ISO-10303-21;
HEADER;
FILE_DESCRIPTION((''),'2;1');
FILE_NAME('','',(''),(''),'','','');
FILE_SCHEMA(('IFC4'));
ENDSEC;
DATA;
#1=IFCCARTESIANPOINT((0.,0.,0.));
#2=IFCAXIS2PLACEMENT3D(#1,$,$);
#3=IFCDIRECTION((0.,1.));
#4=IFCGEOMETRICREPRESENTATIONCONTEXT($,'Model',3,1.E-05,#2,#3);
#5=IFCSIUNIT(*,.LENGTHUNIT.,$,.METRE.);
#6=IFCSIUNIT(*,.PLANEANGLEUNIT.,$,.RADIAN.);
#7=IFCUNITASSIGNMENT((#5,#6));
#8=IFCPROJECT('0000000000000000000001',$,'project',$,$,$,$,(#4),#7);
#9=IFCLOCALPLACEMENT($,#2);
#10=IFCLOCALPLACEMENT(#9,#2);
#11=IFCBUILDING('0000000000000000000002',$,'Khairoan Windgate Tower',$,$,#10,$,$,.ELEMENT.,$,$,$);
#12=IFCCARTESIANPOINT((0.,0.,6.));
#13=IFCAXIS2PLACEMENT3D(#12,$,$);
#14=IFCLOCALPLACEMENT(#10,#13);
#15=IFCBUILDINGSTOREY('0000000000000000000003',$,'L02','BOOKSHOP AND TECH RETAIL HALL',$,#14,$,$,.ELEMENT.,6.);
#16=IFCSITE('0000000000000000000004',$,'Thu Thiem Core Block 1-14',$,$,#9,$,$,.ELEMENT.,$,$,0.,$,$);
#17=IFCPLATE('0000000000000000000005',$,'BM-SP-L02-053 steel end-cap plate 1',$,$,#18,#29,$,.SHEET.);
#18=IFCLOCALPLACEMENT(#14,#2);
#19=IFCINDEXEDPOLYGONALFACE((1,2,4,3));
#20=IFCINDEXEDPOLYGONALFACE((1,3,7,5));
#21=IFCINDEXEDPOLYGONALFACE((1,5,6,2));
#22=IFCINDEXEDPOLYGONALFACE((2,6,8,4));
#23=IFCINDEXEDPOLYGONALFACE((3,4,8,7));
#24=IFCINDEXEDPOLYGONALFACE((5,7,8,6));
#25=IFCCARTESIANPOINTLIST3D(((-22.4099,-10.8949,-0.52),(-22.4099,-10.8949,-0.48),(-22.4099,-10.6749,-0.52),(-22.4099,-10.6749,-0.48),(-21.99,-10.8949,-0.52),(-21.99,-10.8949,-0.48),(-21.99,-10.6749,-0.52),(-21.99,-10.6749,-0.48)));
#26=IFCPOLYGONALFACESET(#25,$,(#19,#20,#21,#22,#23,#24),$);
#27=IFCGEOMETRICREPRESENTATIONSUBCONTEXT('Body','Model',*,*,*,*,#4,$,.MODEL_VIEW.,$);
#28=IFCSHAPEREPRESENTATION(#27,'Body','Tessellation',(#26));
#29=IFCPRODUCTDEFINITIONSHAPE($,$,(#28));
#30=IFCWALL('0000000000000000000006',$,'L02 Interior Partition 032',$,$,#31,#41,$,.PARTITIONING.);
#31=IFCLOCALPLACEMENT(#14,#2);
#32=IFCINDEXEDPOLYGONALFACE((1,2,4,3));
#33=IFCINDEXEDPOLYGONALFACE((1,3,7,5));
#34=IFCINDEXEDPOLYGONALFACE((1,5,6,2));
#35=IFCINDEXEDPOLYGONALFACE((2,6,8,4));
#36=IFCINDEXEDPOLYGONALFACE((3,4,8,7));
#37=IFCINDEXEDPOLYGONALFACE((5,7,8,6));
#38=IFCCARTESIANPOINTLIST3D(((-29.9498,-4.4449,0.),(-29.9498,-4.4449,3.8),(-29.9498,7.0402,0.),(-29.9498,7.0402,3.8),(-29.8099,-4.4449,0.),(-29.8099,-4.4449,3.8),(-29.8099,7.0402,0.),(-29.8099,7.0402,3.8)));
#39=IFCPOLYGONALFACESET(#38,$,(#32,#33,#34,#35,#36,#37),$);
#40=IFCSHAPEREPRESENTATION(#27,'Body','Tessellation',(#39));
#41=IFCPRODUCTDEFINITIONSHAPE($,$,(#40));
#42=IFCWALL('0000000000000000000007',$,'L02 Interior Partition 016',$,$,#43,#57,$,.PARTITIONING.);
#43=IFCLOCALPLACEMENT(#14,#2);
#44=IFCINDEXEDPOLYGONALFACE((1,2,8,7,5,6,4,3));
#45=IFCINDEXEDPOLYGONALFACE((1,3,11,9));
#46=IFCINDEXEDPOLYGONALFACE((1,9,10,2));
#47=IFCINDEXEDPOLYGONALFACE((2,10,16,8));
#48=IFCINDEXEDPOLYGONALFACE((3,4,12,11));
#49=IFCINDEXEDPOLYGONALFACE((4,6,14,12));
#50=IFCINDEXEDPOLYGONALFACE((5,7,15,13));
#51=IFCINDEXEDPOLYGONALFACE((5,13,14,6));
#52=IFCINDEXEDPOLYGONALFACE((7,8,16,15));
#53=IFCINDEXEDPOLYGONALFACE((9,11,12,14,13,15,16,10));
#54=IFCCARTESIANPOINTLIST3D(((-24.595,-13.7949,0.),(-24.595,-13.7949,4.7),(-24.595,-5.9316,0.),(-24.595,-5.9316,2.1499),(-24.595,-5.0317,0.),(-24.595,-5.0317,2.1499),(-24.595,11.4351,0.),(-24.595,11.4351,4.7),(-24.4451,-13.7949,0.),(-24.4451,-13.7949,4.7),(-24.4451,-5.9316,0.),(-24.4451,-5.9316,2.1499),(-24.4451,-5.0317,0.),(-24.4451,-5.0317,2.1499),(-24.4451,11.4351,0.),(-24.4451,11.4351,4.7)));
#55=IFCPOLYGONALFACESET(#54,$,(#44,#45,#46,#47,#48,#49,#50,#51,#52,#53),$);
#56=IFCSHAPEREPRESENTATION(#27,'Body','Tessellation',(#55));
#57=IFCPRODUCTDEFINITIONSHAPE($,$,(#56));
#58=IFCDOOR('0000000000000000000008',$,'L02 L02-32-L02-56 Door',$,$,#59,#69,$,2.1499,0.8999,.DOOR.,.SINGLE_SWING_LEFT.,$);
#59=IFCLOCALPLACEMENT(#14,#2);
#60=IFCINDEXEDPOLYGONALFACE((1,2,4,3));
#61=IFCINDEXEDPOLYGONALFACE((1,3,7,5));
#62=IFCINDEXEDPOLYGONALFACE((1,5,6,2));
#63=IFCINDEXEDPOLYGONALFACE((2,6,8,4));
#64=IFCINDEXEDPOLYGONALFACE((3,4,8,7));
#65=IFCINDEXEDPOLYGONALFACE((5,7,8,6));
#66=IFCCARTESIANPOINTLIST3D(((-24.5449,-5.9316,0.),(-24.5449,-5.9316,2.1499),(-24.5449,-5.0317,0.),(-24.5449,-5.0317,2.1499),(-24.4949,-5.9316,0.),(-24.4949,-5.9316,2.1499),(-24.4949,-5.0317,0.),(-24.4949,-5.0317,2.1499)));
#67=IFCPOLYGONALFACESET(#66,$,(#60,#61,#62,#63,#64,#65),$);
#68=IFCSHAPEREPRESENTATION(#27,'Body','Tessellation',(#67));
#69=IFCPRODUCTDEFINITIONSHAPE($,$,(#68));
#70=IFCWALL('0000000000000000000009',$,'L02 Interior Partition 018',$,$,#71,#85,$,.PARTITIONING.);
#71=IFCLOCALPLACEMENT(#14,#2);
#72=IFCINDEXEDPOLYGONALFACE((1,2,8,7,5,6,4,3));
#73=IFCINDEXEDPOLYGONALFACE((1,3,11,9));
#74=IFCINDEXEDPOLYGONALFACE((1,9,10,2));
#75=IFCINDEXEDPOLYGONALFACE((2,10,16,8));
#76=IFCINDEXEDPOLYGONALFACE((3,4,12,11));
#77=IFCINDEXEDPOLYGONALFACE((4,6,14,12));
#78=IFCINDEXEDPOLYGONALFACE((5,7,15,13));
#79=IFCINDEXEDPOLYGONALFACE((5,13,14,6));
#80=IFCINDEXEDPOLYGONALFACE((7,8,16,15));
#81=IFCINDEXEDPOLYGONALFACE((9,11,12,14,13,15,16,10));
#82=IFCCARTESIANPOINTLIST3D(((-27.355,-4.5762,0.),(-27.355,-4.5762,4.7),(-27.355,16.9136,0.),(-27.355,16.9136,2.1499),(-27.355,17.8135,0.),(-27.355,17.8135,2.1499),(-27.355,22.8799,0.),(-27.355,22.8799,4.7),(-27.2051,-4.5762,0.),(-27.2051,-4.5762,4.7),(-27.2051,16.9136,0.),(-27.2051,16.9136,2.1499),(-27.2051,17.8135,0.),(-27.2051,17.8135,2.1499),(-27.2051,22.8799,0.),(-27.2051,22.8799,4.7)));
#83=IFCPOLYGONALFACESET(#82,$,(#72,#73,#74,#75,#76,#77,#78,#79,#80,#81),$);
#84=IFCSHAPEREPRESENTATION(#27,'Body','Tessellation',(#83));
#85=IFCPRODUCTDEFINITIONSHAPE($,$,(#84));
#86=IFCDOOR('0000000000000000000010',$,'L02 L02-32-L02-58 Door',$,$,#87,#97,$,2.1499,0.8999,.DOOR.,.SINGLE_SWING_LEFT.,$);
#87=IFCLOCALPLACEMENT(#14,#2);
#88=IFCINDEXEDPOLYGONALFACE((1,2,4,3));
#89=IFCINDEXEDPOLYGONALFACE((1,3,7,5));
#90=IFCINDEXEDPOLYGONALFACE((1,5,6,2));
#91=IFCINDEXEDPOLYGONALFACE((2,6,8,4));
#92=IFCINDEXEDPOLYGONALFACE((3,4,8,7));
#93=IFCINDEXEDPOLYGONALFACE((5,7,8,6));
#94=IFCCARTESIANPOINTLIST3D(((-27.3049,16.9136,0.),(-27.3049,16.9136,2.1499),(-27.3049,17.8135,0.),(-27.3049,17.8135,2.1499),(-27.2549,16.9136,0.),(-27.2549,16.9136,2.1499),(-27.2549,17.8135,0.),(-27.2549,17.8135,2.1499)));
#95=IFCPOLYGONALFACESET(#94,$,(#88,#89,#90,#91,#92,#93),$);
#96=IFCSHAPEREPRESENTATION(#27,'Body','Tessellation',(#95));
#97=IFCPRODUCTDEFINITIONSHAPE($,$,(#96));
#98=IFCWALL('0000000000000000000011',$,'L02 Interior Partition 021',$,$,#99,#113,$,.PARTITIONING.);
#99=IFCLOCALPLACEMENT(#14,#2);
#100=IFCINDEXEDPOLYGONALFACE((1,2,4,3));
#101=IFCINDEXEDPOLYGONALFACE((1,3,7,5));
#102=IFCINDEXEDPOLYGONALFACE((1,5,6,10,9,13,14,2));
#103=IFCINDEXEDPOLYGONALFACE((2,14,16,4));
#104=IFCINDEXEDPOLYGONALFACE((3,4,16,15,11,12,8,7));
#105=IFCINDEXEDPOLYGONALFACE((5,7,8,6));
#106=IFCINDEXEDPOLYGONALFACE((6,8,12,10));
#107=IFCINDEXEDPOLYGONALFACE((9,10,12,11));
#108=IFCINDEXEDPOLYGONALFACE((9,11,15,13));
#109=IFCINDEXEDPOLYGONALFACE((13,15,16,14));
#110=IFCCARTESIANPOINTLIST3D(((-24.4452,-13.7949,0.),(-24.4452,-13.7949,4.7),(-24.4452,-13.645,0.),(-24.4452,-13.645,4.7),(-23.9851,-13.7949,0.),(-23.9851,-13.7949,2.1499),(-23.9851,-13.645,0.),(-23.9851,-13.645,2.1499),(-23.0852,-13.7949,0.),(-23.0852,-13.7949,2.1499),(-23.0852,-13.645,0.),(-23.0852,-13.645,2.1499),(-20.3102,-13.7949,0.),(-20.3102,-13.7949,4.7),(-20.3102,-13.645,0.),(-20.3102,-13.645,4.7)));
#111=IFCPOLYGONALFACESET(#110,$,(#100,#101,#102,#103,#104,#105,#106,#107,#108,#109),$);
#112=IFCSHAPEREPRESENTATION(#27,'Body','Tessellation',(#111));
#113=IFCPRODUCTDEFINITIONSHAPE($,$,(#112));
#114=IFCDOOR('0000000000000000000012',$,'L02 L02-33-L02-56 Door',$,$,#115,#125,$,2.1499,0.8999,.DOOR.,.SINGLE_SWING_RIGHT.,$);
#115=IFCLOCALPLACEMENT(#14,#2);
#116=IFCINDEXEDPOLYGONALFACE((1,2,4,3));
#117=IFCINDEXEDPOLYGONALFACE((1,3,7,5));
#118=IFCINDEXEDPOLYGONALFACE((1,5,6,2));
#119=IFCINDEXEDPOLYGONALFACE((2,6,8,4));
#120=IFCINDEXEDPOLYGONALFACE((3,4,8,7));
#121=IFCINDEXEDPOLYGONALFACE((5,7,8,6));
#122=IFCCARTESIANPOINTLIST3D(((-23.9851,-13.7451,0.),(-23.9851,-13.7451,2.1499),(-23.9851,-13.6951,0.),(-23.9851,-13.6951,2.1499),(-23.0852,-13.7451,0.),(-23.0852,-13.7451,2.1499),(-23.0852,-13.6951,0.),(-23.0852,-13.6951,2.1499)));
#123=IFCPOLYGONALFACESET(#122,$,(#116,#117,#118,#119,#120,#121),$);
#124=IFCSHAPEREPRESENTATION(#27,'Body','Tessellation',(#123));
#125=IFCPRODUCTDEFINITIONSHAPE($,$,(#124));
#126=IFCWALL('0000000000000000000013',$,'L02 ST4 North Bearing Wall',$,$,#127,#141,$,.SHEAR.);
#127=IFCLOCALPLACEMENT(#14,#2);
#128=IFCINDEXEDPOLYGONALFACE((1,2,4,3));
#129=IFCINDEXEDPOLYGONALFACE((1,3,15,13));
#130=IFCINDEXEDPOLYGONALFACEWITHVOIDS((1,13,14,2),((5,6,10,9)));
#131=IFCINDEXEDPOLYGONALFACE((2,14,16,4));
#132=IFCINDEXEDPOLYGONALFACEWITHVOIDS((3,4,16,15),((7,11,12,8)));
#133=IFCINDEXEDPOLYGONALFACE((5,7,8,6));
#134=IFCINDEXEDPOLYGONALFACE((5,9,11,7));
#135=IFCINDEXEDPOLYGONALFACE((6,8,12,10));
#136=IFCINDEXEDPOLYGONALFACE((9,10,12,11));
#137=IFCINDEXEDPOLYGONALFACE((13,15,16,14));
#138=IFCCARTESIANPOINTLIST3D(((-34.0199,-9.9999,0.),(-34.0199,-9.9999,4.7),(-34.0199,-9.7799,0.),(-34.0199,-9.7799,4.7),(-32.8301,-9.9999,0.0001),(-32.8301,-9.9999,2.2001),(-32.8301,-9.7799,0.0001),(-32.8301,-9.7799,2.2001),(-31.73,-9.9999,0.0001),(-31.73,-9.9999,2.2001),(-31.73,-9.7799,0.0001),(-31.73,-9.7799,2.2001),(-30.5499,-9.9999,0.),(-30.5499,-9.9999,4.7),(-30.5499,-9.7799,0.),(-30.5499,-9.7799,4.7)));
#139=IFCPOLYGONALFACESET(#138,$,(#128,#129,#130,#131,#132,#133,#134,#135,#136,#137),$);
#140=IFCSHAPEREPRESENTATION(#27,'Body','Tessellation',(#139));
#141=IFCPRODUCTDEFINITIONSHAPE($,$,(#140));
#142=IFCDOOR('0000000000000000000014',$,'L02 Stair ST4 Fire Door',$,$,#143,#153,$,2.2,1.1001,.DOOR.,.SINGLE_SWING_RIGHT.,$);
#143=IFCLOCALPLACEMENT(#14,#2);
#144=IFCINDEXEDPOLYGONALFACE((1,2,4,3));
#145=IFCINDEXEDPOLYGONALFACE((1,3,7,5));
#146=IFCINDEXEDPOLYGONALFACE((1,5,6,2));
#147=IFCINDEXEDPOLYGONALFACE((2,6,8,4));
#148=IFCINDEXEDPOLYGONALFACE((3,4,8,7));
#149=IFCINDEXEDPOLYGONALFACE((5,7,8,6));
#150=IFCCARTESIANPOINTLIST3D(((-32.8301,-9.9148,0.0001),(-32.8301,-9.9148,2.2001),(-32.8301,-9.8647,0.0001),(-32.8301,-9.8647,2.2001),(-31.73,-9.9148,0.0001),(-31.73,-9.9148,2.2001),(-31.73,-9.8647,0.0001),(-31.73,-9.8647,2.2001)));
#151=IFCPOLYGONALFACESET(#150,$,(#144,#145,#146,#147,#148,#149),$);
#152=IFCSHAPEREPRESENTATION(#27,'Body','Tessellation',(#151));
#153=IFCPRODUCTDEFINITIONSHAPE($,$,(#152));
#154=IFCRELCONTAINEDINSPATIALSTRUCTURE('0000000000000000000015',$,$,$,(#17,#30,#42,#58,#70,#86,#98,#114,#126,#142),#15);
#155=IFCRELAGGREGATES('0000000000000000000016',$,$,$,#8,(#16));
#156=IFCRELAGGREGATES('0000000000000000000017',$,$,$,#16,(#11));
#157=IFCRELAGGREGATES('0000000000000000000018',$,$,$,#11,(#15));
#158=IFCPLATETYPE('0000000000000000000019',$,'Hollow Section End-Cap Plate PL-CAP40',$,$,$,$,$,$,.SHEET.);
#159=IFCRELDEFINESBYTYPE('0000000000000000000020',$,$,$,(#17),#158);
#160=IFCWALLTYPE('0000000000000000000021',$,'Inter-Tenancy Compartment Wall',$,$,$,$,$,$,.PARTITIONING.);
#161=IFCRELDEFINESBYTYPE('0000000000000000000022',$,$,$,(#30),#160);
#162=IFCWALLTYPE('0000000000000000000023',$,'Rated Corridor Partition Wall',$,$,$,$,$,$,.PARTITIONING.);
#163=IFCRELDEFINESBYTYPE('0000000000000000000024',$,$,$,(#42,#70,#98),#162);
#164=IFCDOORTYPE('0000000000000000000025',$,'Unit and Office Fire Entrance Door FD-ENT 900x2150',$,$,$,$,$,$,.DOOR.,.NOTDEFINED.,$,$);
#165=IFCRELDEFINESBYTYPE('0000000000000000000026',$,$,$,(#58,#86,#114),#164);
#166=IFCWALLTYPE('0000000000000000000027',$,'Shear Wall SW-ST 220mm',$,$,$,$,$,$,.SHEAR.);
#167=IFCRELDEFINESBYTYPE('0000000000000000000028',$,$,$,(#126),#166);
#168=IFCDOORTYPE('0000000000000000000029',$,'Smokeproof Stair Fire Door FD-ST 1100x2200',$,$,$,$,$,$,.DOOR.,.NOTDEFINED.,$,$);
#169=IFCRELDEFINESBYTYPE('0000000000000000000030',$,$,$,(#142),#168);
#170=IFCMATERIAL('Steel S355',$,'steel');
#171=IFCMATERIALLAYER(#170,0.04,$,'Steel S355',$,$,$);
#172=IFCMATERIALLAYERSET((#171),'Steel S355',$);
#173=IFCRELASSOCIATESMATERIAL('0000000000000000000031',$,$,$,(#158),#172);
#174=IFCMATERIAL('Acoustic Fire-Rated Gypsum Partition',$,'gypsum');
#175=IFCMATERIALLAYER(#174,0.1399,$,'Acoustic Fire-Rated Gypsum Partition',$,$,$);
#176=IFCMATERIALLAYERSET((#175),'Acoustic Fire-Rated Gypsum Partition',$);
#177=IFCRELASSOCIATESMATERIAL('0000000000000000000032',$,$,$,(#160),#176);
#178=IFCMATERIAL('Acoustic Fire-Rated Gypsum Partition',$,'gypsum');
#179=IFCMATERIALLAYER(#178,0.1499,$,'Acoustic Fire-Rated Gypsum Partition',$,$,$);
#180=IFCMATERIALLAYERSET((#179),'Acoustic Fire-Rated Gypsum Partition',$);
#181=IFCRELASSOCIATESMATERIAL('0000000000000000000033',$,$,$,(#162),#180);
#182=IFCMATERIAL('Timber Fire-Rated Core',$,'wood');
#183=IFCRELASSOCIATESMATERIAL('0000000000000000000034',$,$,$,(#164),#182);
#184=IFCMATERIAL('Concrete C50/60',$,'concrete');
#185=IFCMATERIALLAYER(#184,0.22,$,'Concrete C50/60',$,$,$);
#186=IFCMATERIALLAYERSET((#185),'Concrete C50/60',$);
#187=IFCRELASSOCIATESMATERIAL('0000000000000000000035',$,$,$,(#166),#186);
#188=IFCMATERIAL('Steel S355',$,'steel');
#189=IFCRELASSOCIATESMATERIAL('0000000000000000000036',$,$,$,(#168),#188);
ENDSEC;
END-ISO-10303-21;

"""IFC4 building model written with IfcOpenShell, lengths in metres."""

from ifc_helpers import new_model, si_unit, direction, frame, frame_2d, origin, origin_2d, place, context, subcontext, project, spatial, rectangle, extrude, material, layer, layer_set, type_object, element, fill, save


model = new_model("IFC4")

# Units and contexts
model_context = context("Model", 3, precision=1e-05, world=origin(), true_north=direction((0.0, 1.0)))
body_context = subcontext(model_context, "Body", "Model", "MODEL_VIEW")
ifc_project = project(units=[si_unit("LENGTHUNIT", "METRE"), si_unit("PLANEANGLEUNIT", "RADIAN")], contexts=[model_context])

# Site, building, storey
site_placement = place(None, origin())
site = spatial("IfcSite", under=ifc_project, at=site_placement, Name="Thu Thiem Core Block 1-14", CompositionType="ELEMENT", RefElevation=0.0)
building_placement = place(site_placement, origin())
building = spatial("IfcBuilding", under=site, at=building_placement, Name="Khairoan Windgate Tower", CompositionType="ELEMENT")
storey_placement = place(building_placement, frame((0.0, 0.0, 6.0)))
storey = spatial("IfcBuildingStorey", under=building, at=storey_placement, Name="L02", Description="BOOKSHOP AND TECH RETAIL HALL", CompositionType="ELEMENT", Elevation=6.0)

# Plate
ifc_material_1 = material(Name="Steel S355", Category="steel")
ifc_layer_1 = layer(ifc_material_1, 0.04, Name="Steel S355")
ifc_layer_set_1 = layer_set([ifc_layer_1], Name="Steel S355")
plate_type = type_object("IfcPlateType", Name="Hollow Section End-Cap Plate PL-CAP40", PredefinedType="SHEET", material=ifc_layer_set_1)
plate_placement = place(storey_placement, frame((-22.2, -10.7849, -0.52), z_axis=(0.0, 0.0, 1.0), x_axis=(0.0, 1.0, 0.0)))
element("IfcPlate", 1, at=plate_placement, inside=storey, type_object=plate_type, Name="BM-SP-L02-053 steel end-cap plate 1", PredefinedType="SHEET", context=body_context, shape_type="SweptSolid", body=[
    extrude(rectangle(XDim=0.22, YDim=0.4199, at=origin_2d()), origin(), (0.0, 0.0, 1.0), 0.04),
])

# Wall
ifc_material_2 = material(Name="Acoustic Fire-Rated Gypsum Partition", Category="gypsum")
ifc_layer_2 = layer(ifc_material_2, 0.1399, Name="Acoustic Fire-Rated Gypsum Partition")
ifc_layer_set_2 = layer_set([ifc_layer_2], Name="Acoustic Fire-Rated Gypsum Partition")
wall_type_1 = type_object("IfcWallType", Name="Inter-Tenancy Compartment Wall", PredefinedType="PARTITIONING", material=ifc_layer_set_2)
wall_1_placement = place(storey_placement, frame((-29.8799, -4.4451, 0.0), z_axis=(0.0, 0.0, 1.0), x_axis=(0.0, 1.0, 0.0)))
element("IfcWall", 2, at=wall_1_placement, inside=storey, type_object=wall_type_1, Name="L02 Interior Partition 032", PredefinedType="PARTITIONING", context=body_context, shape_type="SweptSolid", body=[
    extrude(rectangle(XDim=11.4851, YDim=0.1399, at=frame_2d((5.7427, 0.0))), origin(), (0.0, 0.0, 1.0), 3.8),
])

# Walls, openings, doors
ifc_material_3 = material(Name="Acoustic Fire-Rated Gypsum Partition", Category="gypsum")
ifc_layer_3 = layer(ifc_material_3, 0.1499, Name="Acoustic Fire-Rated Gypsum Partition")
ifc_layer_set_3 = layer_set([ifc_layer_3], Name="Acoustic Fire-Rated Gypsum Partition")
wall_type_2 = type_object("IfcWallType", Name="Rated Corridor Partition Wall", PredefinedType="PARTITIONING", material=ifc_layer_set_3)
wall_2_placement = place(storey_placement, frame((-24.52, -13.7949, 0.0), z_axis=(0.0, 0.0, 1.0), x_axis=(0.0, 1.0, 0.0)))
wall_2 = element("IfcWall", 3, at=wall_2_placement, inside=storey, type_object=wall_type_2, Name="L02 Interior Partition 016", PredefinedType="PARTITIONING", context=body_context, shape_type="SweptSolid", body=[
    extrude(rectangle(XDim=25.23, YDim=0.1499, at=frame_2d((12.615, 0.0))), origin(), (0.0, 0.0, 1.0), 4.7),
])
opening_1_placement = place(wall_2_placement, frame((7.8633, 0.0, 0.0)))
opening_1 = element("IfcOpeningElement", 4, at=opening_1_placement, cuts=wall_2, PredefinedType="OPENING", context=body_context, shape_type="SweptSolid", body=[
    extrude(rectangle(XDim=0.8999, YDim=2.1499, at=frame_2d((0.45, 1.075))), frame((0.0, 0.085, 0.0), z_axis=(0.0, -1.0, 0.0), x_axis=(1.0, 0.0, 0.0)), (0.0, 0.0, 1.0), 0.1699),
])
ifc_material_4 = material(Name="Timber Fire-Rated Core", Category="wood")
door_type_1 = type_object("IfcDoorType", Name="Unit and Office Fire Entrance Door FD-ENT 900x2150", OperationType="NOTDEFINED", PredefinedType="DOOR", material=ifc_material_4)
door_1_placement = place(opening_1_placement, origin())
door_1 = element("IfcDoor", 5, at=door_1_placement, inside=storey, type_object=door_type_1, Name="L02 L02-32-L02-56 Door", OperationType="SINGLE_SWING_LEFT", OverallHeight=2.1499, OverallWidth=0.8999, PredefinedType="DOOR", context=body_context, shape_type="SweptSolid", body=[
    extrude(rectangle(XDim=0.8999, YDim=2.1499, at=frame_2d((0.45, 1.075))), frame((0.0, 0.0249, 0.0), z_axis=(0.0, -1.0, 0.0), x_axis=(1.0, 0.0, 0.0)), (0.0, 0.0, 1.0), 0.05),
])
fill(opening_1, door_1)
wall_3_placement = place(storey_placement, frame((-27.28, -4.5762, 0.0), z_axis=(0.0, 0.0, 1.0), x_axis=(0.0, 1.0, 0.0)))
wall_3 = element("IfcWall", 6, at=wall_3_placement, inside=storey, type_object=wall_type_2, Name="L02 Interior Partition 018", PredefinedType="PARTITIONING", context=body_context, shape_type="SweptSolid", body=[
    extrude(rectangle(XDim=27.4561, YDim=0.1499, at=frame_2d((13.728, 0.0))), origin(), (0.0, 0.0, 1.0), 4.7),
])
opening_2_placement = place(wall_3_placement, frame((21.4897, 0.0, 0.0)))
opening_2 = element("IfcOpeningElement", 7, at=opening_2_placement, cuts=wall_3, PredefinedType="OPENING", context=body_context, shape_type="SweptSolid", body=[
    extrude(rectangle(XDim=0.8999, YDim=2.1499, at=frame_2d((0.45, 1.075))), frame((0.0, 0.085, 0.0), z_axis=(0.0, -1.0, 0.0), x_axis=(1.0, 0.0, 0.0)), (0.0, 0.0, 1.0), 0.1699),
])
door_2_placement = place(opening_2_placement, origin())
door_2 = element("IfcDoor", 8, at=door_2_placement, inside=storey, type_object=door_type_1, Name="L02 L02-32-L02-58 Door", OperationType="SINGLE_SWING_LEFT", OverallHeight=2.1499, OverallWidth=0.8999, PredefinedType="DOOR", context=body_context, shape_type="SweptSolid", body=[
    extrude(rectangle(XDim=0.8999, YDim=2.1499, at=frame_2d((0.45, 1.075))), frame((0.0, 0.0249, 0.0), z_axis=(0.0, -1.0, 0.0), x_axis=(1.0, 0.0, 0.0)), (0.0, 0.0, 1.0), 0.05),
])
fill(opening_2, door_2)
wall_4_placement = place(storey_placement, frame((-24.4451, -13.72, 0.0), z_axis=(0.0, 0.0, 1.0), x_axis=(1.0, 0.0, 0.0)))
wall_4 = element("IfcWall", 9, at=wall_4_placement, inside=storey, type_object=wall_type_2, Name="L02 Interior Partition 021", PredefinedType="PARTITIONING", context=body_context, shape_type="SweptSolid", body=[
    extrude(rectangle(XDim=4.135, YDim=0.1499, at=frame_2d((2.0674, 0.0))), origin(), (0.0, 0.0, 1.0), 4.7),
])
opening_3_placement = place(wall_4_placement, frame((0.46, 0.0, 0.0)))
opening_3 = element("IfcOpeningElement", 10, at=opening_3_placement, cuts=wall_4, PredefinedType="OPENING", context=body_context, shape_type="SweptSolid", body=[
    extrude(rectangle(XDim=0.8999, YDim=2.1499, at=frame_2d((0.45, 1.075))), frame((0.0, 0.085, 0.0), z_axis=(0.0, -1.0, 0.0), x_axis=(1.0, 0.0, 0.0)), (0.0, 0.0, 1.0), 0.1699),
])
door_3_placement = place(opening_3_placement, origin())
door_3 = element("IfcDoor", 11, at=door_3_placement, inside=storey, type_object=door_type_1, Name="L02 L02-33-L02-56 Door", OperationType="SINGLE_SWING_RIGHT", OverallHeight=2.1499, OverallWidth=0.8999, PredefinedType="DOOR", context=body_context, shape_type="SweptSolid", body=[
    extrude(rectangle(XDim=0.8999, YDim=2.1499, at=frame_2d((0.45, 1.075))), frame((0.0, 0.0249, 0.0), z_axis=(0.0, -1.0, 0.0), x_axis=(1.0, 0.0, 0.0)), (0.0, 0.0, 1.0), 0.05),
])
fill(opening_3, door_3)
ifc_material_5 = material(Name="Concrete C50/60", Category="concrete")
ifc_layer_4 = layer(ifc_material_5, 0.22, Name="Concrete C50/60")
ifc_layer_set_4 = layer_set([ifc_layer_4], Name="Concrete C50/60")
wall_type_3 = type_object("IfcWallType", Name="Shear Wall SW-ST 220mm", PredefinedType="SHEAR", material=ifc_layer_set_4)
wall_5_placement = place(storey_placement, frame((-30.55, -9.8899, 0.0), z_axis=(0.0, 0.0, 1.0), x_axis=(-1.0, 0.0, 0.0)))
wall_5 = element("IfcWall", 12, at=wall_5_placement, inside=storey, type_object=wall_type_3, Name="L02 ST4 North Bearing Wall", PredefinedType="SHEAR", context=body_context, shape_type="SweptSolid", body=[
    extrude(rectangle(XDim=3.47, YDim=0.22, at=frame_2d((1.7349, 0.0))), origin(), (0.0, 0.0, 1.0), 4.7),
])
opening_4_placement = place(wall_5_placement, frame((1.1799, 0.0, 0.0)))
opening_4 = element("IfcOpeningElement", 13, at=opening_4_placement, cuts=wall_5, PredefinedType="OPENING", context=body_context, shape_type="SweptSolid", body=[
    extrude(rectangle(XDim=1.1001, YDim=2.2, at=frame_2d((0.55, 1.1001))), frame((0.0, 0.1199, 0.0), z_axis=(0.0, -1.0, 0.0), x_axis=(1.0, 0.0, 0.0)), (0.0, 0.0, 1.0), 0.24),
])
ifc_material_6 = material(Name="Steel S355", Category="steel")
door_type_2 = type_object("IfcDoorType", Name="Smokeproof Stair Fire Door FD-ST 1100x2200", OperationType="NOTDEFINED", PredefinedType="DOOR", material=ifc_material_6)
door_4_placement = place(opening_4_placement, origin())
door_4 = element("IfcDoor", 14, at=door_4_placement, inside=storey, type_object=door_type_2, Name="L02 Stair ST4 Fire Door", OperationType="SINGLE_SWING_RIGHT", OverallHeight=2.2, OverallWidth=1.1001, PredefinedType="DOOR", context=body_context, shape_type="SweptSolid", body=[
    extrude(rectangle(XDim=1.1001, YDim=2.2, at=frame_2d((0.55, 1.1001))), frame((0.0, 0.0249, 0.0), z_axis=(0.0, -1.0, 0.0), x_axis=(1.0, 0.0, 0.0)), (0.0, 0.0, 1.0), 0.05),
])
fill(opening_4, door_4)

save(model, "model.ifc")
